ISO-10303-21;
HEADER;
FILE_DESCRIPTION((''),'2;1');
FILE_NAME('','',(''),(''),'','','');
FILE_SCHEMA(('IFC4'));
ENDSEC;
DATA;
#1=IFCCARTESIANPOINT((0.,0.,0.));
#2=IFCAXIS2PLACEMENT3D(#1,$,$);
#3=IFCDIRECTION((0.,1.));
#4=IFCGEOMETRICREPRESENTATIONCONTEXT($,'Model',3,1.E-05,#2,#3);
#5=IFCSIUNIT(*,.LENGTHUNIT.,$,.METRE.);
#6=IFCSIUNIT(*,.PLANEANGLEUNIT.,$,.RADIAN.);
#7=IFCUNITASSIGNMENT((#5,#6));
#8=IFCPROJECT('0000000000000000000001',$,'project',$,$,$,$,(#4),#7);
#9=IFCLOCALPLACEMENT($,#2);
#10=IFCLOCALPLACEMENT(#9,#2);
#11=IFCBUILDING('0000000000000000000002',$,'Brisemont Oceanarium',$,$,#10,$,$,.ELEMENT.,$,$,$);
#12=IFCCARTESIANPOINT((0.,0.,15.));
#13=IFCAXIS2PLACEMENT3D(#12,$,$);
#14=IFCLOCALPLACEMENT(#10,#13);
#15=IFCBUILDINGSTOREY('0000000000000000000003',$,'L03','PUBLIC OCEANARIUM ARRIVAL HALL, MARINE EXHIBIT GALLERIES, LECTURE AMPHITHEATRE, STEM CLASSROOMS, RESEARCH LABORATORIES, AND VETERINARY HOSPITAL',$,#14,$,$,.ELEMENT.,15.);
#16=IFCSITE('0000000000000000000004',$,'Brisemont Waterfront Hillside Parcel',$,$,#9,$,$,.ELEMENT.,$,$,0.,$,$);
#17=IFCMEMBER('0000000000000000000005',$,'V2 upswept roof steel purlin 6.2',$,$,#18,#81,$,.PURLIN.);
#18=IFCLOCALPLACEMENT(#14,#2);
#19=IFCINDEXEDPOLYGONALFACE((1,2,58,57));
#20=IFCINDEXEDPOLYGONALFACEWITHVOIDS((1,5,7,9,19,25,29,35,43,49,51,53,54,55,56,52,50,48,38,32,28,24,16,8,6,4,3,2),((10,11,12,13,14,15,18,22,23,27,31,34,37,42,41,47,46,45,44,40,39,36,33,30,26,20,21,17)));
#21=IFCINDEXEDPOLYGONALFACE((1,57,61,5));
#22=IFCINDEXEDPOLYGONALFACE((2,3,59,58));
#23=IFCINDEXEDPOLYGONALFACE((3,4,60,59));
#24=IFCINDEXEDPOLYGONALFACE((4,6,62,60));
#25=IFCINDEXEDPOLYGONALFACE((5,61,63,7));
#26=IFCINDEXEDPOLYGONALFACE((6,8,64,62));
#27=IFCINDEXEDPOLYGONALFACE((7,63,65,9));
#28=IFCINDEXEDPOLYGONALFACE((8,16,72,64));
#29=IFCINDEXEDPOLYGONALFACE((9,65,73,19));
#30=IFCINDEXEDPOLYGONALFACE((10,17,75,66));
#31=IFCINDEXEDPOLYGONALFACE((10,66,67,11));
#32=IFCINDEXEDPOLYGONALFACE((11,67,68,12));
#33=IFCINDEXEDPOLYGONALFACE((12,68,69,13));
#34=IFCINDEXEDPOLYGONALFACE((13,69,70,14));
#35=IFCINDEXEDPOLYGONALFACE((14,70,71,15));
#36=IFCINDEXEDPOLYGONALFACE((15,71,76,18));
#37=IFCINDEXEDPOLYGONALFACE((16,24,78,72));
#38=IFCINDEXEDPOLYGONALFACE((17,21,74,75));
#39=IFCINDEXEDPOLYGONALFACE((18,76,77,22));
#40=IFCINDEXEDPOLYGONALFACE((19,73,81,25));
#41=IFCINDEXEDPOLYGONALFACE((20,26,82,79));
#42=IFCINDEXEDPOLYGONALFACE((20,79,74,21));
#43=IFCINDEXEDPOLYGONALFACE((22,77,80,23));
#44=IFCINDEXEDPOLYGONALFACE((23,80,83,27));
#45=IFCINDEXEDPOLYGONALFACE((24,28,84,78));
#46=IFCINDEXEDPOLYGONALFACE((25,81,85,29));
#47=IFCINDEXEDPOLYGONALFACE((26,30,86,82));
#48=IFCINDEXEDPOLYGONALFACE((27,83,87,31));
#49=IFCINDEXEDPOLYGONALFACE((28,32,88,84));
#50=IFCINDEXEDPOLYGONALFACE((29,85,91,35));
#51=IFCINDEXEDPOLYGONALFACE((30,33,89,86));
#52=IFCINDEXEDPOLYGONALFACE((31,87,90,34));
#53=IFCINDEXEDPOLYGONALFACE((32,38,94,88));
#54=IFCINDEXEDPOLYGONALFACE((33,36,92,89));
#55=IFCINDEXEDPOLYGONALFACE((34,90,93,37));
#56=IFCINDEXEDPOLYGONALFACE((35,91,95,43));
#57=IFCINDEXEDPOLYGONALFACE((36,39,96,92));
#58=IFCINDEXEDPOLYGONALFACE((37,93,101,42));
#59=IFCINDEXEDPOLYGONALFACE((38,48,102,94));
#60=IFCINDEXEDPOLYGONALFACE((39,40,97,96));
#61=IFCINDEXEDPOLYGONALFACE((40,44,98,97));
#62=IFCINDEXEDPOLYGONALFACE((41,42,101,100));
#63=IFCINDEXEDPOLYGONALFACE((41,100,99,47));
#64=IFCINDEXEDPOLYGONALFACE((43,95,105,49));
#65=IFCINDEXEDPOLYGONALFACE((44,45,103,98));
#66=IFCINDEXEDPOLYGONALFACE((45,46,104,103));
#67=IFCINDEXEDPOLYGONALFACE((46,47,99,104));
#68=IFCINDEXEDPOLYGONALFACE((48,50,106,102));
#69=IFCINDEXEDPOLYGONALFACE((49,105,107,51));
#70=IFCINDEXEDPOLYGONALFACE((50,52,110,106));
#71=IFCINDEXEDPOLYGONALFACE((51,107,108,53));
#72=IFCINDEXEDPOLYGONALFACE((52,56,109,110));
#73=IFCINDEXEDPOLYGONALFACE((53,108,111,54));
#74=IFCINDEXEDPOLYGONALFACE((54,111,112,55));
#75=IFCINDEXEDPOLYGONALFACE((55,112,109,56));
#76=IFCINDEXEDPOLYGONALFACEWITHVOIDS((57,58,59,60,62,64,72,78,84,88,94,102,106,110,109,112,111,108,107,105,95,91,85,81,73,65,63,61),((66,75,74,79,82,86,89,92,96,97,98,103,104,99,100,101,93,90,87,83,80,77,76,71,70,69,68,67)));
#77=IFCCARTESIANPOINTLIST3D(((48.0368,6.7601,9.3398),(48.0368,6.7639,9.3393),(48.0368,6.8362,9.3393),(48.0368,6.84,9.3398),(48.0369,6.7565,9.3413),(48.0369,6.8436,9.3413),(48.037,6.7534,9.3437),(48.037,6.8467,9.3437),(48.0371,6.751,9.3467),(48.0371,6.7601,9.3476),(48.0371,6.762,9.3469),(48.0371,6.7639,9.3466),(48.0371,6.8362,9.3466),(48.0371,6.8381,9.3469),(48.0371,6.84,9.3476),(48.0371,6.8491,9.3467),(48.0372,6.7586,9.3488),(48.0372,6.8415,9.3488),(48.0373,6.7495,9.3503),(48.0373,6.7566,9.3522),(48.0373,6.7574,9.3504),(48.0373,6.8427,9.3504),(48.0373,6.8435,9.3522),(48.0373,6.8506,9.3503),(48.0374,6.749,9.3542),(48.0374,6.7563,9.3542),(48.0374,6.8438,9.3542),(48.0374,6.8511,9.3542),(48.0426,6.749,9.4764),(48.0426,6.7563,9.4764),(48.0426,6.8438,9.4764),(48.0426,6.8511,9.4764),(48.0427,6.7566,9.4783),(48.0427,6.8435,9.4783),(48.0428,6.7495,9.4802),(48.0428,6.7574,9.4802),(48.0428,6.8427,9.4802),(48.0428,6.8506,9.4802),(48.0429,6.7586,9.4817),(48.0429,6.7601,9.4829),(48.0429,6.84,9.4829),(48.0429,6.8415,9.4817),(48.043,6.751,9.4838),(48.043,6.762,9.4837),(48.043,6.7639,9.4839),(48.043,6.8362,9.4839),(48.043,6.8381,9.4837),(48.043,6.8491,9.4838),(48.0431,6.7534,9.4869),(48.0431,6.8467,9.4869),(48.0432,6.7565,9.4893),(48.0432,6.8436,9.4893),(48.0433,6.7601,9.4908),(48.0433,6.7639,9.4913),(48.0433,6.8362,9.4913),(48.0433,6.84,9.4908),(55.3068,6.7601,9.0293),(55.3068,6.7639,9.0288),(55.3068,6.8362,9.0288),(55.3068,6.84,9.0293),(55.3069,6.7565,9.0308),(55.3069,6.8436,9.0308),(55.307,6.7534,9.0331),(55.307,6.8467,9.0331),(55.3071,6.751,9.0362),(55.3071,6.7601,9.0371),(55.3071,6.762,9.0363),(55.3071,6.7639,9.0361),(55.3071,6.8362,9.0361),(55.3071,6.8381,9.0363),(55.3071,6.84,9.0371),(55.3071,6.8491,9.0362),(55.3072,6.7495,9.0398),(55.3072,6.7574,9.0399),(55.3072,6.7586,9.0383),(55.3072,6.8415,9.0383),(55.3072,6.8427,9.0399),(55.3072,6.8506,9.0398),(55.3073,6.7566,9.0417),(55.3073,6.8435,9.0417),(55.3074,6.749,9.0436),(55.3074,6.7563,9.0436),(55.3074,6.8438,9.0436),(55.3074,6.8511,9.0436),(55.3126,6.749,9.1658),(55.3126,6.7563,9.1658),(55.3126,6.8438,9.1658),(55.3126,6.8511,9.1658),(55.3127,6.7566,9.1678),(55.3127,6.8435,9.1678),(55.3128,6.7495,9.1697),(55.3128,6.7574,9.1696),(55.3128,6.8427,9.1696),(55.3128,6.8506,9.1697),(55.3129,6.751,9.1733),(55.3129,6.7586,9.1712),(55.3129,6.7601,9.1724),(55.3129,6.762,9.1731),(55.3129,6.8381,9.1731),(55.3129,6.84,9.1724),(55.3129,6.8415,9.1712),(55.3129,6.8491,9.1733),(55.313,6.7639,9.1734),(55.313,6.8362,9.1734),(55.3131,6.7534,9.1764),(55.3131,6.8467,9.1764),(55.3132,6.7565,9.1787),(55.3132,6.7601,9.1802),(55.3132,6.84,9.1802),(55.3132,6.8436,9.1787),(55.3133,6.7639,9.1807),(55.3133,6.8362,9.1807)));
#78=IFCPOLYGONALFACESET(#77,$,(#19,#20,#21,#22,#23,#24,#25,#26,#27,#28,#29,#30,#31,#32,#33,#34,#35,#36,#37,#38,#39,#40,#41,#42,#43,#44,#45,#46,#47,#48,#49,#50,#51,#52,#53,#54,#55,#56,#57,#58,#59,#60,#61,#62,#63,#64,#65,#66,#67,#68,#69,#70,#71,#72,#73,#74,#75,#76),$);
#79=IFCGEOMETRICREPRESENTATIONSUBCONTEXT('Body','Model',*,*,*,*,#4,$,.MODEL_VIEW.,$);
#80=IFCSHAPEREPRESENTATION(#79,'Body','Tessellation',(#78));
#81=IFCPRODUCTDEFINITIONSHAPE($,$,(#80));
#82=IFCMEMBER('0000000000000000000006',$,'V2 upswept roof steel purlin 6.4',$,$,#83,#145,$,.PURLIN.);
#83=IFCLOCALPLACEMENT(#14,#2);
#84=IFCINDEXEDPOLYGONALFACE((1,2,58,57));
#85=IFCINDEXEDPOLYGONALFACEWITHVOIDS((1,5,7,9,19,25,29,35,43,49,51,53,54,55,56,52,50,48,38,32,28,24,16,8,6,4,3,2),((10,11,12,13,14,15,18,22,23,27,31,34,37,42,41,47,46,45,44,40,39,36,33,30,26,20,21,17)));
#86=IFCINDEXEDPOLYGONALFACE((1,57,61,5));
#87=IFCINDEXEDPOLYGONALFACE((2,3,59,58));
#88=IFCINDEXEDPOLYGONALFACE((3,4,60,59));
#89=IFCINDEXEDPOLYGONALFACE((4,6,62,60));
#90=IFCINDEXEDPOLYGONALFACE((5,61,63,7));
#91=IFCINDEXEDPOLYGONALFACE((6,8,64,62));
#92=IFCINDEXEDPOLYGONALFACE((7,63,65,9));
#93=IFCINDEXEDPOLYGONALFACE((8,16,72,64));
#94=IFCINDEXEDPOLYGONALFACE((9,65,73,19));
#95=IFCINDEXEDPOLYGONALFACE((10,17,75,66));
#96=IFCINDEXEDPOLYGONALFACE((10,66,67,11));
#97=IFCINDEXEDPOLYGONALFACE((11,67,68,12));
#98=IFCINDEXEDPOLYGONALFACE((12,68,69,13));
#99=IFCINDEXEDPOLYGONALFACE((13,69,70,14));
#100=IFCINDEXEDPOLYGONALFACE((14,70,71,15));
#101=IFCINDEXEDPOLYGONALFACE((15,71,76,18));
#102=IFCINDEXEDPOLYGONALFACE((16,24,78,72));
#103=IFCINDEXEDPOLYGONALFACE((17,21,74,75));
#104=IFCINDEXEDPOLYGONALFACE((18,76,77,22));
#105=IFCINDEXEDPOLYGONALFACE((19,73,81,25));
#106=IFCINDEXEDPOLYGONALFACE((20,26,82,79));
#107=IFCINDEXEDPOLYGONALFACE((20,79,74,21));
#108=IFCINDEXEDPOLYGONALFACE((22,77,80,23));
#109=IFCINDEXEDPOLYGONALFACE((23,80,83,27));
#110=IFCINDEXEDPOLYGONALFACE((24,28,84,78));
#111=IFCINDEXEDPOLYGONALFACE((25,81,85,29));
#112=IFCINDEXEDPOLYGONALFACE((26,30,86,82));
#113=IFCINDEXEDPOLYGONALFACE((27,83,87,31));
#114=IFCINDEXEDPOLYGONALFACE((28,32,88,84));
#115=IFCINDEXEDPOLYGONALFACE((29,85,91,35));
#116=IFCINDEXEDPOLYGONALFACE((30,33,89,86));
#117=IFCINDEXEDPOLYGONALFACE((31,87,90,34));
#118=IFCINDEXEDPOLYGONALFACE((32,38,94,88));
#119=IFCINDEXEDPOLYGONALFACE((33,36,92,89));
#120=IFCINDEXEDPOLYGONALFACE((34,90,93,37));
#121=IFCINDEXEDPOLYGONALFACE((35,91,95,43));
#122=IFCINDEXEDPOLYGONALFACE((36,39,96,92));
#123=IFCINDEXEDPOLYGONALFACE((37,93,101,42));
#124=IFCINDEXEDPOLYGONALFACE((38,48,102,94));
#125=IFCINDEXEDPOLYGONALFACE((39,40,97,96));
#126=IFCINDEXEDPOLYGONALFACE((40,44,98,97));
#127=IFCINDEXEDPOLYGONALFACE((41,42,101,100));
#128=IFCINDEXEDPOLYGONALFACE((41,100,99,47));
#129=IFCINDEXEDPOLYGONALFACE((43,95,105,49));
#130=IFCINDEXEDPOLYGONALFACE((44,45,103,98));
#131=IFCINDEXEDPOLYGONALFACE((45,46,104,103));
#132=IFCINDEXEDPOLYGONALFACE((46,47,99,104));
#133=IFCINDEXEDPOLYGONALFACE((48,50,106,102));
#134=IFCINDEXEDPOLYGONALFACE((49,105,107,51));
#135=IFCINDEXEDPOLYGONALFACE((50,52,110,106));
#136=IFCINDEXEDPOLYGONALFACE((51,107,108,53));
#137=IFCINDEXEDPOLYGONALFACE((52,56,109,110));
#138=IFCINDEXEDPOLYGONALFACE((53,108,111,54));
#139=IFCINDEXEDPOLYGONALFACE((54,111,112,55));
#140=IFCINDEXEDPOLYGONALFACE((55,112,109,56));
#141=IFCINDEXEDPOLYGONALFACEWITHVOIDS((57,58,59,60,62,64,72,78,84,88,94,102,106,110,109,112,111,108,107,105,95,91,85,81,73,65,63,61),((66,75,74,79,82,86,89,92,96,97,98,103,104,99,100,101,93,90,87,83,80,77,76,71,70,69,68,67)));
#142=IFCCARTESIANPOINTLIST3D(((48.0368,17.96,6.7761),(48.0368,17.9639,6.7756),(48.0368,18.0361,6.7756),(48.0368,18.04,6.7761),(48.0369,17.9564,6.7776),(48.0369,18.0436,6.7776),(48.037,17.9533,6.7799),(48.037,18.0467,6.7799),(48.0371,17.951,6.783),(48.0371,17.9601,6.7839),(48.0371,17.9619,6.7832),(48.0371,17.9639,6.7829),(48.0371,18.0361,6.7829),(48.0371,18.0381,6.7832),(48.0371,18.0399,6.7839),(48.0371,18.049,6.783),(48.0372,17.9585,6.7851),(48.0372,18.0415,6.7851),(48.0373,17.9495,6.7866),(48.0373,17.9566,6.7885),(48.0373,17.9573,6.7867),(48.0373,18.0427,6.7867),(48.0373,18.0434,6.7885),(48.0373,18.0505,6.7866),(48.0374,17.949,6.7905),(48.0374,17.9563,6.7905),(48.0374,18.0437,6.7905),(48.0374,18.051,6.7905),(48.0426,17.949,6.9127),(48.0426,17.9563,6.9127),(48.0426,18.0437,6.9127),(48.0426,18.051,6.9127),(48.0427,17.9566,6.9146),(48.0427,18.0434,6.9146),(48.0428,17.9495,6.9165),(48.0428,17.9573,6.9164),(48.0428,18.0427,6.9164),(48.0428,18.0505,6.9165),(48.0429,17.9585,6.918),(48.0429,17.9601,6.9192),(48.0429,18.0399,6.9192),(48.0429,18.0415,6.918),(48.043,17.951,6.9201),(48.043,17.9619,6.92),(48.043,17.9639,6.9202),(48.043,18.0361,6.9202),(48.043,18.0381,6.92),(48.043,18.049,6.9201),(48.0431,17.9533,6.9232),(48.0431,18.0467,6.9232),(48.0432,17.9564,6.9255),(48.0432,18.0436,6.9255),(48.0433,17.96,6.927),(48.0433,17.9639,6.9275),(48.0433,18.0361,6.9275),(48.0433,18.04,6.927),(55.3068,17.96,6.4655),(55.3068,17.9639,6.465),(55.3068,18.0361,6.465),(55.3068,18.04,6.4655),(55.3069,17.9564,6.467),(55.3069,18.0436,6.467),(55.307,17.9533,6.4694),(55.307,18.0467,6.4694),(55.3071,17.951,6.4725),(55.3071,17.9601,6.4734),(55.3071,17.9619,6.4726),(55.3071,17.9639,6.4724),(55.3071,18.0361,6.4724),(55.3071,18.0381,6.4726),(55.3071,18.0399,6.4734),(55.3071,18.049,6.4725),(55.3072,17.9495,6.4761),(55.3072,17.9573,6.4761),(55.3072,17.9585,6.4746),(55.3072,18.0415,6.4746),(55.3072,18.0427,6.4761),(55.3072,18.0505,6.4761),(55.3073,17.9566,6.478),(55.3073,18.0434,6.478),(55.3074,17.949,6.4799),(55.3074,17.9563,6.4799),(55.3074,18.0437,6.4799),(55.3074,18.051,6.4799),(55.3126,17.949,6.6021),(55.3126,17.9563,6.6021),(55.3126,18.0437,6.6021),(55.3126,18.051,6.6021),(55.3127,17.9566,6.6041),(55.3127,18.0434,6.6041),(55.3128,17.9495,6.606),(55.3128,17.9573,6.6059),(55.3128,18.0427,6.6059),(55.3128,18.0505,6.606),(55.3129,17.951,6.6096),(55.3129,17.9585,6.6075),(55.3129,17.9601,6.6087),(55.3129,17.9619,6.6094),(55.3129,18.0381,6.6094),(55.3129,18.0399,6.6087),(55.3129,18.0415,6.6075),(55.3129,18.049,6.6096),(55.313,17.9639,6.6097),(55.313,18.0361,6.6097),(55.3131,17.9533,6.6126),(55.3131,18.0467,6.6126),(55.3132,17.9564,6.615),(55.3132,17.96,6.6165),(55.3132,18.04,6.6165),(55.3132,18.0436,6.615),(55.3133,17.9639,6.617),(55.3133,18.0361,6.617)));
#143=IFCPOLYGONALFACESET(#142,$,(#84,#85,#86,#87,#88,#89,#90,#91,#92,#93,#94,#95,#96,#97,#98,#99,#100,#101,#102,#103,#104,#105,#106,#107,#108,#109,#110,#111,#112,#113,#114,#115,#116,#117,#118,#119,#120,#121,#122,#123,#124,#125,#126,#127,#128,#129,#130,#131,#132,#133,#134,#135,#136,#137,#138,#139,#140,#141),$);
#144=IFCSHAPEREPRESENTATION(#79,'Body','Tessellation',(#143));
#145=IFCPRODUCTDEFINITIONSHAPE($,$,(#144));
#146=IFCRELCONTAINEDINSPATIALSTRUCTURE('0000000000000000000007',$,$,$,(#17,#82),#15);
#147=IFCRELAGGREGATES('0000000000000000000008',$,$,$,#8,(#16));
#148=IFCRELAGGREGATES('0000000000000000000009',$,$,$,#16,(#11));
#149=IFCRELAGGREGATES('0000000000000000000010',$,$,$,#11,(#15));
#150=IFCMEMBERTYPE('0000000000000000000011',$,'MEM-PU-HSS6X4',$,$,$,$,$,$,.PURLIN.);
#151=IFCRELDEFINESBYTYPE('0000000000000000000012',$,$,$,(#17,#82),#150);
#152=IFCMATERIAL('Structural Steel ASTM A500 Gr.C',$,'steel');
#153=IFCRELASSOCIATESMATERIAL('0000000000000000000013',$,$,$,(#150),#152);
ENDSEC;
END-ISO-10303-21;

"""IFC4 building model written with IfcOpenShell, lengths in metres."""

from ifc_helpers import new_model, si_unit, direction, frame, origin, origin_2d, place, context, subcontext, project, spatial, hollow_rectangle, extrude, material, material_profile, profile_set, type_object, element, save


model = new_model("IFC4")

# Units and contexts
model_context = context("Model", 3, precision=1e-05, world=origin(), true_north=direction((0.0, 1.0)))
body_context = subcontext(model_context, "Body", "Model", "MODEL_VIEW")
ifc_project = project(units=[si_unit("LENGTHUNIT", "METRE"), si_unit("PLANEANGLEUNIT", "RADIAN")], contexts=[model_context])

# Site, building, storey
site_placement = place(None, origin())
site = spatial("IfcSite", under=ifc_project, at=site_placement, Name="Brisemont Waterfront Hillside Parcel", CompositionType="ELEMENT", RefElevation=0.0)
building_placement = place(site_placement, origin())
building = spatial("IfcBuilding", under=site, at=building_placement, Name="Brisemont Oceanarium", CompositionType="ELEMENT")
storey_placement = place(building_placement, frame((0.0, 0.0, 15.0)))
storey = spatial("IfcBuildingStorey", under=building, at=storey_placement, Name="L03", Description="PUBLIC OCEANARIUM ARRIVAL HALL, MARINE EXHIBIT GALLERIES, LECTURE AMPHITHEATRE, STEM CLASSROOMS, RESEARCH LABORATORIES, AND VETERINARY HOSPITAL", CompositionType="ELEMENT", Elevation=15.0)

# Members
ifc_material_1 = material(Name="Structural Steel ASTM A500 Gr.C", Category="steel")
ifc_material_profile_1 = material_profile(ifc_material_1, hollow_rectangle(XDim=0.1021, YDim=0.1521, WallThickness=0.0073, InnerFilletRadius=0.0076, OuterFilletRadius=0.0149, at=origin_2d()), Name="HSS6X4X5/16")
ifc_profile_set_1 = profile_set([ifc_material_profile_1], Name="Structural Steel ASTM A500 Gr.C")
member_type_1 = type_object("IfcMemberType", Name="MEM-PU-HSS6X4", PredefinedType="PURLIN", material=ifc_profile_set_1)
for number, where, z_axis, x_axis, name in (
    (1, (48.04, 6.8, 9.4153), (0.999089, 0.0, -0.042677), (0.0, 1.0, 0.0), "V2 upswept roof steel purlin 6.2"),
    (2, (48.04, 18.0, 6.8516), (0.999089, 0.0, -0.042677), (0.0, 1.0, 0.0), "V2 upswept roof steel purlin 6.4"),
):
    element("IfcMember", number, at=place(storey_placement, frame(where, z_axis=z_axis, x_axis=x_axis)), inside=storey, type_object=member_type_1, Name=name, PredefinedType="PURLIN", context=body_context, shape_type="SweptSolid", body=[
        extrude(hollow_rectangle(XDim=0.1021, YDim=0.1521, WallThickness=0.0073, InnerFilletRadius=0.0076, OuterFilletRadius=0.0149, at=origin_2d()), origin(), (0.0, 0.0, 1.0), 7.2766),
    ])

save(model, "model.ifc")
